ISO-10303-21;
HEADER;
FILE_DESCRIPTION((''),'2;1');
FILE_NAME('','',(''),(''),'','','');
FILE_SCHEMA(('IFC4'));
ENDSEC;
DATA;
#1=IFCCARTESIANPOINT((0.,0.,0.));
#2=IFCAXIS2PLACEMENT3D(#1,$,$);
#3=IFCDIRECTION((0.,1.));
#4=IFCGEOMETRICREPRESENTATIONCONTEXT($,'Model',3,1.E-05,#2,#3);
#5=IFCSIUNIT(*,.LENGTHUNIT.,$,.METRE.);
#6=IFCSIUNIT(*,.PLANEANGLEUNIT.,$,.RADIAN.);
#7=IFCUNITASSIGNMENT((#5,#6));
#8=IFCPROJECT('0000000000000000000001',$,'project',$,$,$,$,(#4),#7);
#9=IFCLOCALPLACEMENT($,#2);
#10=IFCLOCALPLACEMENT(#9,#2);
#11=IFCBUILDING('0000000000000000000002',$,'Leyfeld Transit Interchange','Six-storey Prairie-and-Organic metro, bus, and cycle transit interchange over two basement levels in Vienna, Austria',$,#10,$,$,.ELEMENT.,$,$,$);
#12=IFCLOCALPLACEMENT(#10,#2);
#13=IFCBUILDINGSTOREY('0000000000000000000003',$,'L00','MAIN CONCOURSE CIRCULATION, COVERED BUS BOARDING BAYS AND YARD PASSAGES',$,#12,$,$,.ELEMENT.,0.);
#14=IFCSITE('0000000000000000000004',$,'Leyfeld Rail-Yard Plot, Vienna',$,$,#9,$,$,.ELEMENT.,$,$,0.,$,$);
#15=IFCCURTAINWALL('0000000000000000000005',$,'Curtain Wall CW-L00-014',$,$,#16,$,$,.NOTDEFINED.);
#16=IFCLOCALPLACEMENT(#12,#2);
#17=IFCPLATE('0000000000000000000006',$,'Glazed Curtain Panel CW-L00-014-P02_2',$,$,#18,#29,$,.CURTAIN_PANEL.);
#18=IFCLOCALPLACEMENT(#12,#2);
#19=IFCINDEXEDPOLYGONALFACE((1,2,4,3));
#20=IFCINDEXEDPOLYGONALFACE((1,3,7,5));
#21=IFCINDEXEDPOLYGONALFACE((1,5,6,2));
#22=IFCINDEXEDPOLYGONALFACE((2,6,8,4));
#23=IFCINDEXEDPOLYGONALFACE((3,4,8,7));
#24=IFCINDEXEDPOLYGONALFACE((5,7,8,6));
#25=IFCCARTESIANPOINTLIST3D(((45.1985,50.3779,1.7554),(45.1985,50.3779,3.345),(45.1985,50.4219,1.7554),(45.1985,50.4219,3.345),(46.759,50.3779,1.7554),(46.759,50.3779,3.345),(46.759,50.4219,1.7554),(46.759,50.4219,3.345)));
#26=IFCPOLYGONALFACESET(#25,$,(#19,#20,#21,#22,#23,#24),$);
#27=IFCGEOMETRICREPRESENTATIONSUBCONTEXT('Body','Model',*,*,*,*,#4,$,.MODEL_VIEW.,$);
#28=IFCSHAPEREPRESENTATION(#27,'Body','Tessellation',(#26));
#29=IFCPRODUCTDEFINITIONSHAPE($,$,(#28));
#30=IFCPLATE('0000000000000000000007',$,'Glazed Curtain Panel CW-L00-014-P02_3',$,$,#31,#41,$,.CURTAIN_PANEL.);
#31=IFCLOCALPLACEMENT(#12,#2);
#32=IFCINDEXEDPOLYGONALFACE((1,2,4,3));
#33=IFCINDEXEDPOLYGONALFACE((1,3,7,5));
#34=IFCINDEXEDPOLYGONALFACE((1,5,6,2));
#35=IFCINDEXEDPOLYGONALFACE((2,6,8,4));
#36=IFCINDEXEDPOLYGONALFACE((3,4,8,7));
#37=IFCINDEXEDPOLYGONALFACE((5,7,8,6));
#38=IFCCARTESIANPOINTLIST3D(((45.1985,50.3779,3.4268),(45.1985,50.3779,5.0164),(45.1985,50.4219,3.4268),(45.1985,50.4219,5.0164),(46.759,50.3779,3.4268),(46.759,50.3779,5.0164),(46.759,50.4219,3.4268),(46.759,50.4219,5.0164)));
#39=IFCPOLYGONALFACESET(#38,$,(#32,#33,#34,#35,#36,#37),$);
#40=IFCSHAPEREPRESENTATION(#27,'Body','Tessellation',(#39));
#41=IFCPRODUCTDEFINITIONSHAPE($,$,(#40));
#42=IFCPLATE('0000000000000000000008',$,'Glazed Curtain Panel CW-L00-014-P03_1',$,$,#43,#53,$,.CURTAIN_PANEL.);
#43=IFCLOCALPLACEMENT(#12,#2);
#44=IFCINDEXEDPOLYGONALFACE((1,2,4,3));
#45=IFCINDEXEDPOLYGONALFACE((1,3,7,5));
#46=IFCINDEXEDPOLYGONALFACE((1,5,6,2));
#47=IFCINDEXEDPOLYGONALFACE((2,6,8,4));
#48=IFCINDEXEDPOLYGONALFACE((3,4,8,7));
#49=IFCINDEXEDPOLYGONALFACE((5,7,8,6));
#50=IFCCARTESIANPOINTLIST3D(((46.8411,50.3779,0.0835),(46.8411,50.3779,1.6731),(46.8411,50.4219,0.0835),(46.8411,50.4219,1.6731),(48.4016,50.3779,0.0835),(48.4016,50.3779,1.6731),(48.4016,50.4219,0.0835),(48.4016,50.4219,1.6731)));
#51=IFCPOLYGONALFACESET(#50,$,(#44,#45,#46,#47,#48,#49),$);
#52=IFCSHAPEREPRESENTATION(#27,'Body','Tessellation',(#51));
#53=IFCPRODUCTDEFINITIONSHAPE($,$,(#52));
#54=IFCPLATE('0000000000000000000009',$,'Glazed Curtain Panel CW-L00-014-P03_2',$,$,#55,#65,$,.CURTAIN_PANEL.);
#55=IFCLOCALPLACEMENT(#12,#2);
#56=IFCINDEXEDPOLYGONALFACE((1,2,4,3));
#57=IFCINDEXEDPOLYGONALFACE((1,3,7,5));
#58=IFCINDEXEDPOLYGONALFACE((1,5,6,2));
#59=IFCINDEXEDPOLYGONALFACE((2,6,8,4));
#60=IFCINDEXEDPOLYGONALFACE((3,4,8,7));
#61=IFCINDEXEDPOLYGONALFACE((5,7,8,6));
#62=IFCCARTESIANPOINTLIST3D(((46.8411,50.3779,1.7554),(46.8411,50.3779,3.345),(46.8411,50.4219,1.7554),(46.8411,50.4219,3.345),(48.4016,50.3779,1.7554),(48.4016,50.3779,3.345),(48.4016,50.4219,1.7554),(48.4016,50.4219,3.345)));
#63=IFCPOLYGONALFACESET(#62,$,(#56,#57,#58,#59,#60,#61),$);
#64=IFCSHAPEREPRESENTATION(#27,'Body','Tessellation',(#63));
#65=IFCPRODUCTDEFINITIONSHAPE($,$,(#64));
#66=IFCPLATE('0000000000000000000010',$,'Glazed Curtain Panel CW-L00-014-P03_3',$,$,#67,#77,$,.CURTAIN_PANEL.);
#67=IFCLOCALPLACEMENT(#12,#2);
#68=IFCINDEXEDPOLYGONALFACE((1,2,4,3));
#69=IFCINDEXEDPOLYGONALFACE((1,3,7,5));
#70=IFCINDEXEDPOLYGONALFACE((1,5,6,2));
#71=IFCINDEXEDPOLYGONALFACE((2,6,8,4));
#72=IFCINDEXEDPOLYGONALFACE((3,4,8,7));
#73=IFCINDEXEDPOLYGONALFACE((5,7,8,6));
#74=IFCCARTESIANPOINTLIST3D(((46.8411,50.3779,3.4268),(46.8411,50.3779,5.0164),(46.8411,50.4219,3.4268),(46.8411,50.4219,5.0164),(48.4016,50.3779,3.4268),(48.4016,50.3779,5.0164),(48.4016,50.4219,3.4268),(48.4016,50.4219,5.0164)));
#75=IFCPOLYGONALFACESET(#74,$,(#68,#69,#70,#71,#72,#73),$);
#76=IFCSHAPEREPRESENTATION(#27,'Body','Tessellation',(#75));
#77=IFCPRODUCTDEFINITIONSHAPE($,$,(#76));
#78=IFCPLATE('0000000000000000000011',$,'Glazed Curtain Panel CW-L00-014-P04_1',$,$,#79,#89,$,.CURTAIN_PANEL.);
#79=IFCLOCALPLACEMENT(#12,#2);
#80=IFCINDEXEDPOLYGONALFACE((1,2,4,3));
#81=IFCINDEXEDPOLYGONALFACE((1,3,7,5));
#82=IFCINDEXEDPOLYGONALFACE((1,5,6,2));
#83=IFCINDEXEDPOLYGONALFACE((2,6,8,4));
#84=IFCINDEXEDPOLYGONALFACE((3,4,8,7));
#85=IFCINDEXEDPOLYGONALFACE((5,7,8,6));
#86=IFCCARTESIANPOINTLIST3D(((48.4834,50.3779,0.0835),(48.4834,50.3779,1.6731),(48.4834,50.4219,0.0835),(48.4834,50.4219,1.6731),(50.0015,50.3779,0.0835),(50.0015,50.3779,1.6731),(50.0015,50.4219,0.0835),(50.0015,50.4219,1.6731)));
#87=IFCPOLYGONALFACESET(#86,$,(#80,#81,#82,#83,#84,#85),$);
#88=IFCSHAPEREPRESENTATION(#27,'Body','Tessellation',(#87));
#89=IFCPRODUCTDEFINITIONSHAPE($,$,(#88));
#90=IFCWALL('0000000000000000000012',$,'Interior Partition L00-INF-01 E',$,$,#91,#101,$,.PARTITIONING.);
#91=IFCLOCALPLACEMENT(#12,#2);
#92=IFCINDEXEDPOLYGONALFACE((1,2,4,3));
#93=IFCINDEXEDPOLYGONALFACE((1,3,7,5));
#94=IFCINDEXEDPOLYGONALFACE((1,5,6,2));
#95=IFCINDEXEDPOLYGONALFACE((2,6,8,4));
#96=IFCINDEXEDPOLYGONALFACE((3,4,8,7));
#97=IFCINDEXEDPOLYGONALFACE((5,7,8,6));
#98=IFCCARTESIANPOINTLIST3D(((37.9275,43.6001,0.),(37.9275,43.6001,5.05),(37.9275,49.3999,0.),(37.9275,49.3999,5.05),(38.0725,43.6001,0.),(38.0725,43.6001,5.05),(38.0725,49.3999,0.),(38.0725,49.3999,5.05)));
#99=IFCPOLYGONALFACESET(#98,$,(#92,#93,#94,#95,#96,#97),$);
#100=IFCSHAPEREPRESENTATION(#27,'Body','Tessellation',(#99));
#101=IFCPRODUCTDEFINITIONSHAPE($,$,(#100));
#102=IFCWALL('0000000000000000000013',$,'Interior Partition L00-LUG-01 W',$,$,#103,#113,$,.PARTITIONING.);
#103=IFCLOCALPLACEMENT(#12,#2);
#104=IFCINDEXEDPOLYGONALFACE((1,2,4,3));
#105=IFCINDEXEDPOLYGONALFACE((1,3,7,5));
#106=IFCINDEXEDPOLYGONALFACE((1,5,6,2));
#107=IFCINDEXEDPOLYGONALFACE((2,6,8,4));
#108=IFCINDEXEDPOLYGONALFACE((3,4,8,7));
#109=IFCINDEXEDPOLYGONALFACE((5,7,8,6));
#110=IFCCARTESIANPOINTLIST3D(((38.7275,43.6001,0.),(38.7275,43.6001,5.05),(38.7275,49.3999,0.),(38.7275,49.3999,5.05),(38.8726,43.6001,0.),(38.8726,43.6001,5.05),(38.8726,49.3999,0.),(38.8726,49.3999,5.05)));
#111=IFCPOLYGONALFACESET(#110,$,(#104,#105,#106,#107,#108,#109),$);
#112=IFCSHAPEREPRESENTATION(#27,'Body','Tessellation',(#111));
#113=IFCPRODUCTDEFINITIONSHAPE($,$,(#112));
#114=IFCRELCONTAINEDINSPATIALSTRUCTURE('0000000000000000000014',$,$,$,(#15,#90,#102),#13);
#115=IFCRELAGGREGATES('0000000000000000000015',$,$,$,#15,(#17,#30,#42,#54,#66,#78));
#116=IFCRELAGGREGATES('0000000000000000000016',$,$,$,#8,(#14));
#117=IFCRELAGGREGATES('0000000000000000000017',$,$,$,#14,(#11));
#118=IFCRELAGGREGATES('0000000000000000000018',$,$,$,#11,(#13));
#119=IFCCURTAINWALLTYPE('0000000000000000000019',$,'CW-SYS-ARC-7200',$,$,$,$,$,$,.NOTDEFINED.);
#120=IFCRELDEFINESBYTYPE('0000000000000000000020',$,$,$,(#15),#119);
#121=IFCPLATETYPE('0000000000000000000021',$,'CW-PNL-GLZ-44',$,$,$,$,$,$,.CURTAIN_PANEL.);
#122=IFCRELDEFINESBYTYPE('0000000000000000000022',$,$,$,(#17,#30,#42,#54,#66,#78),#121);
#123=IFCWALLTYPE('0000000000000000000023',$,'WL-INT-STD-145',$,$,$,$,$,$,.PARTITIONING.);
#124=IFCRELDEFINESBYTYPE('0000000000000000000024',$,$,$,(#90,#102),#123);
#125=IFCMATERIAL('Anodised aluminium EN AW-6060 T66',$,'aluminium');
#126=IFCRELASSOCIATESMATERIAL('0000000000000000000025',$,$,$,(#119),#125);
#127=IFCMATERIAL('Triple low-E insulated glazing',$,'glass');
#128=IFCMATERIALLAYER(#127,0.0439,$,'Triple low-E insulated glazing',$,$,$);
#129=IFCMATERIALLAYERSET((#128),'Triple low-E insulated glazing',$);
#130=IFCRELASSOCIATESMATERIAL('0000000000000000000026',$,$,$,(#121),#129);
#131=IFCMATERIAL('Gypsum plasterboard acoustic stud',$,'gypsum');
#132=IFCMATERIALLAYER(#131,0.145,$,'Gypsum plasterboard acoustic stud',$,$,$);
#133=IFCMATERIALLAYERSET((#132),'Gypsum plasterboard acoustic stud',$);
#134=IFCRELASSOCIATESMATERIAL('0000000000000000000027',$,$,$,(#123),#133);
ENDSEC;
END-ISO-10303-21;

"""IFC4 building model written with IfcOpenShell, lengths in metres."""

from ifc_helpers import new_model, si_unit, direction, frame, frame_2d, origin, origin_2d, place, context, subcontext, project, spatial, rectangle, extrude, material, layer, layer_set, type_object, element, aggregate, save


model = new_model("IFC4")

# Units and contexts
model_context = context("Model", 3, precision=1e-05, world=origin(), true_north=direction((0.0, 1.0)))
body_context = subcontext(model_context, "Body", "Model", "MODEL_VIEW")
ifc_project = project(units=[si_unit("LENGTHUNIT", "METRE"), si_unit("PLANEANGLEUNIT", "RADIAN")], contexts=[model_context])

# Site, building, storey
site_placement = place(None, origin())
site = spatial("IfcSite", under=ifc_project, at=site_placement, Name="Leyfeld Rail-Yard Plot, Vienna", CompositionType="ELEMENT", RefElevation=0.0)
building_placement = place(site_placement, origin())
building = spatial("IfcBuilding", under=site, at=building_placement, Name="Leyfeld Transit Interchange", Description="Six-storey Prairie-and-Organic metro, bus, and cycle transit interchange over two basement levels in Vienna, Austria", CompositionType="ELEMENT")
storey_placement = place(building_placement, origin())
storey = spatial("IfcBuildingStorey", under=building, at=storey_placement, Name="L00", Description="MAIN CONCOURSE CIRCULATION, COVERED BUS BOARDING BAYS AND YARD PASSAGES", CompositionType="ELEMENT", Elevation=0.0)

# Curtain wall, plates
ifc_material_1 = material(Name="Anodised aluminium EN AW-6060 T66", Category="aluminium")
curtain_wall_type = type_object("IfcCurtainWallType", Name="CW-SYS-ARC-7200", PredefinedType="NOTDEFINED", material=ifc_material_1)
curtain_wall_placement = place(storey_placement, origin())
curtain_wall = element("IfcCurtainWall", 1, at=curtain_wall_placement, inside=storey, type_object=curtain_wall_type, Name="Curtain Wall CW-L00-014", PredefinedType="NOTDEFINED")
ifc_material_2 = material(Name="Triple low-E insulated glazing", Category="glass")
ifc_layer_1 = layer(ifc_material_2, 0.0439, Name="Triple low-E insulated glazing")
ifc_layer_set_1 = layer_set([ifc_layer_1], Name="Triple low-E insulated glazing")
plate_type = type_object("IfcPlateType", Name="CW-PNL-GLZ-44", PredefinedType="CURTAIN_PANEL", material=ifc_layer_set_1)
plate_1_placement = place(storey_placement, frame((45.9788, 50.3999, 1.7554), z_axis=(0.0, 0.0, 1.0), x_axis=(1.0, 0.0, 0.0)))
plate_1 = element("IfcPlate", 2, at=plate_1_placement, type_object=plate_type, Name="Glazed Curtain Panel CW-L00-014-P02_2", PredefinedType="CURTAIN_PANEL", context=body_context, shape_type="SweptSolid", body=[
    extrude(rectangle(XDim=1.5605, YDim=0.0439, at=origin_2d()), origin(), (0.0, 0.0, 1.0), 1.5896),
])
plate_2_placement = place(storey_placement, frame((45.9788, 50.3999, 3.4268), z_axis=(0.0, 0.0, 1.0), x_axis=(1.0, 0.0, 0.0)))
plate_2 = element("IfcPlate", 3, at=plate_2_placement, type_object=plate_type, Name="Glazed Curtain Panel CW-L00-014-P02_3", PredefinedType="CURTAIN_PANEL", context=body_context, shape_type="SweptSolid", body=[
    extrude(rectangle(XDim=1.5605, YDim=0.0439, at=origin_2d()), origin(), (0.0, 0.0, 1.0), 1.5896),
])
plate_3_placement = place(storey_placement, frame((47.6213, 50.3999, 0.0835), z_axis=(0.0, 0.0, 1.0), x_axis=(1.0, 0.0, 0.0)))
plate_3 = element("IfcPlate", 4, at=plate_3_placement, type_object=plate_type, Name="Glazed Curtain Panel CW-L00-014-P03_1", PredefinedType="CURTAIN_PANEL", context=body_context, shape_type="SweptSolid", body=[
    extrude(rectangle(XDim=1.5605, YDim=0.0439, at=origin_2d()), origin(), (0.0, 0.0, 1.0), 1.5896),
])
plate_4_placement = place(storey_placement, frame((47.6213, 50.3999, 1.7554), z_axis=(0.0, 0.0, 1.0), x_axis=(1.0, 0.0, 0.0)))
plate_4 = element("IfcPlate", 5, at=plate_4_placement, type_object=plate_type, Name="Glazed Curtain Panel CW-L00-014-P03_2", PredefinedType="CURTAIN_PANEL", context=body_context, shape_type="SweptSolid", body=[
    extrude(rectangle(XDim=1.5605, YDim=0.0439, at=origin_2d()), origin(), (0.0, 0.0, 1.0), 1.5896),
])
plate_5_placement = place(storey_placement, frame((47.6213, 50.3999, 3.4268), z_axis=(0.0, 0.0, 1.0), x_axis=(1.0, 0.0, 0.0)))
plate_5 = element("IfcPlate", 6, at=plate_5_placement, type_object=plate_type, Name="Glazed Curtain Panel CW-L00-014-P03_3", PredefinedType="CURTAIN_PANEL", context=body_context, shape_type="SweptSolid", body=[
    extrude(rectangle(XDim=1.5605, YDim=0.0439, at=origin_2d()), origin(), (0.0, 0.0, 1.0), 1.5896),
])
plate_6_placement = place(storey_placement, frame((49.2424, 50.3999, 0.0835), z_axis=(0.0, 0.0, 1.0), x_axis=(1.0, 0.0, 0.0)))
plate_6 = element("IfcPlate", 7, at=plate_6_placement, type_object=plate_type, Name="Glazed Curtain Panel CW-L00-014-P04_1", PredefinedType="CURTAIN_PANEL", context=body_context, shape_type="SweptSolid", body=[
    extrude(rectangle(XDim=1.5181, YDim=0.0439, at=origin_2d()), origin(), (0.0, 0.0, 1.0), 1.5896),
])
aggregate(curtain_wall, [plate_1, plate_2, plate_3, plate_4, plate_5, plate_6])

# Walls
ifc_material_3 = material(Name="Gypsum plasterboard acoustic stud", Category="gypsum")
ifc_layer_2 = layer(ifc_material_3, 0.145, Name="Gypsum plasterboard acoustic stud")
ifc_layer_set_2 = layer_set([ifc_layer_2], Name="Gypsum plasterboard acoustic stud")
wall_type_1 = type_object("IfcWallType", Name="WL-INT-STD-145", PredefinedType="PARTITIONING", material=ifc_layer_set_2)
for number, where, z_axis, x_axis, name in (
    (8, (38.0, 49.3999, 0.0), (0.0, 0.0, 1.0), (0.0, -1.0, 0.0), "Interior Partition L00-INF-01 E"),
    (9, (38.8, 43.6001, 0.0), (0.0, 0.0, 1.0), (0.0, 1.0, 0.0), "Interior Partition L00-LUG-01 W"),
):
    element("IfcWall", number, at=place(storey_placement, frame(where, z_axis=z_axis, x_axis=x_axis)), inside=storey, type_object=wall_type_1, Name=name, PredefinedType="PARTITIONING", context=body_context, shape_type="SweptSolid", body=[
        extrude(rectangle(XDim=5.7998, YDim=0.145, at=frame_2d((2.8999, 0.0))), origin(), (0.0, 0.0, 1.0), 5.05),
    ])

save(model, "model.ifc")
